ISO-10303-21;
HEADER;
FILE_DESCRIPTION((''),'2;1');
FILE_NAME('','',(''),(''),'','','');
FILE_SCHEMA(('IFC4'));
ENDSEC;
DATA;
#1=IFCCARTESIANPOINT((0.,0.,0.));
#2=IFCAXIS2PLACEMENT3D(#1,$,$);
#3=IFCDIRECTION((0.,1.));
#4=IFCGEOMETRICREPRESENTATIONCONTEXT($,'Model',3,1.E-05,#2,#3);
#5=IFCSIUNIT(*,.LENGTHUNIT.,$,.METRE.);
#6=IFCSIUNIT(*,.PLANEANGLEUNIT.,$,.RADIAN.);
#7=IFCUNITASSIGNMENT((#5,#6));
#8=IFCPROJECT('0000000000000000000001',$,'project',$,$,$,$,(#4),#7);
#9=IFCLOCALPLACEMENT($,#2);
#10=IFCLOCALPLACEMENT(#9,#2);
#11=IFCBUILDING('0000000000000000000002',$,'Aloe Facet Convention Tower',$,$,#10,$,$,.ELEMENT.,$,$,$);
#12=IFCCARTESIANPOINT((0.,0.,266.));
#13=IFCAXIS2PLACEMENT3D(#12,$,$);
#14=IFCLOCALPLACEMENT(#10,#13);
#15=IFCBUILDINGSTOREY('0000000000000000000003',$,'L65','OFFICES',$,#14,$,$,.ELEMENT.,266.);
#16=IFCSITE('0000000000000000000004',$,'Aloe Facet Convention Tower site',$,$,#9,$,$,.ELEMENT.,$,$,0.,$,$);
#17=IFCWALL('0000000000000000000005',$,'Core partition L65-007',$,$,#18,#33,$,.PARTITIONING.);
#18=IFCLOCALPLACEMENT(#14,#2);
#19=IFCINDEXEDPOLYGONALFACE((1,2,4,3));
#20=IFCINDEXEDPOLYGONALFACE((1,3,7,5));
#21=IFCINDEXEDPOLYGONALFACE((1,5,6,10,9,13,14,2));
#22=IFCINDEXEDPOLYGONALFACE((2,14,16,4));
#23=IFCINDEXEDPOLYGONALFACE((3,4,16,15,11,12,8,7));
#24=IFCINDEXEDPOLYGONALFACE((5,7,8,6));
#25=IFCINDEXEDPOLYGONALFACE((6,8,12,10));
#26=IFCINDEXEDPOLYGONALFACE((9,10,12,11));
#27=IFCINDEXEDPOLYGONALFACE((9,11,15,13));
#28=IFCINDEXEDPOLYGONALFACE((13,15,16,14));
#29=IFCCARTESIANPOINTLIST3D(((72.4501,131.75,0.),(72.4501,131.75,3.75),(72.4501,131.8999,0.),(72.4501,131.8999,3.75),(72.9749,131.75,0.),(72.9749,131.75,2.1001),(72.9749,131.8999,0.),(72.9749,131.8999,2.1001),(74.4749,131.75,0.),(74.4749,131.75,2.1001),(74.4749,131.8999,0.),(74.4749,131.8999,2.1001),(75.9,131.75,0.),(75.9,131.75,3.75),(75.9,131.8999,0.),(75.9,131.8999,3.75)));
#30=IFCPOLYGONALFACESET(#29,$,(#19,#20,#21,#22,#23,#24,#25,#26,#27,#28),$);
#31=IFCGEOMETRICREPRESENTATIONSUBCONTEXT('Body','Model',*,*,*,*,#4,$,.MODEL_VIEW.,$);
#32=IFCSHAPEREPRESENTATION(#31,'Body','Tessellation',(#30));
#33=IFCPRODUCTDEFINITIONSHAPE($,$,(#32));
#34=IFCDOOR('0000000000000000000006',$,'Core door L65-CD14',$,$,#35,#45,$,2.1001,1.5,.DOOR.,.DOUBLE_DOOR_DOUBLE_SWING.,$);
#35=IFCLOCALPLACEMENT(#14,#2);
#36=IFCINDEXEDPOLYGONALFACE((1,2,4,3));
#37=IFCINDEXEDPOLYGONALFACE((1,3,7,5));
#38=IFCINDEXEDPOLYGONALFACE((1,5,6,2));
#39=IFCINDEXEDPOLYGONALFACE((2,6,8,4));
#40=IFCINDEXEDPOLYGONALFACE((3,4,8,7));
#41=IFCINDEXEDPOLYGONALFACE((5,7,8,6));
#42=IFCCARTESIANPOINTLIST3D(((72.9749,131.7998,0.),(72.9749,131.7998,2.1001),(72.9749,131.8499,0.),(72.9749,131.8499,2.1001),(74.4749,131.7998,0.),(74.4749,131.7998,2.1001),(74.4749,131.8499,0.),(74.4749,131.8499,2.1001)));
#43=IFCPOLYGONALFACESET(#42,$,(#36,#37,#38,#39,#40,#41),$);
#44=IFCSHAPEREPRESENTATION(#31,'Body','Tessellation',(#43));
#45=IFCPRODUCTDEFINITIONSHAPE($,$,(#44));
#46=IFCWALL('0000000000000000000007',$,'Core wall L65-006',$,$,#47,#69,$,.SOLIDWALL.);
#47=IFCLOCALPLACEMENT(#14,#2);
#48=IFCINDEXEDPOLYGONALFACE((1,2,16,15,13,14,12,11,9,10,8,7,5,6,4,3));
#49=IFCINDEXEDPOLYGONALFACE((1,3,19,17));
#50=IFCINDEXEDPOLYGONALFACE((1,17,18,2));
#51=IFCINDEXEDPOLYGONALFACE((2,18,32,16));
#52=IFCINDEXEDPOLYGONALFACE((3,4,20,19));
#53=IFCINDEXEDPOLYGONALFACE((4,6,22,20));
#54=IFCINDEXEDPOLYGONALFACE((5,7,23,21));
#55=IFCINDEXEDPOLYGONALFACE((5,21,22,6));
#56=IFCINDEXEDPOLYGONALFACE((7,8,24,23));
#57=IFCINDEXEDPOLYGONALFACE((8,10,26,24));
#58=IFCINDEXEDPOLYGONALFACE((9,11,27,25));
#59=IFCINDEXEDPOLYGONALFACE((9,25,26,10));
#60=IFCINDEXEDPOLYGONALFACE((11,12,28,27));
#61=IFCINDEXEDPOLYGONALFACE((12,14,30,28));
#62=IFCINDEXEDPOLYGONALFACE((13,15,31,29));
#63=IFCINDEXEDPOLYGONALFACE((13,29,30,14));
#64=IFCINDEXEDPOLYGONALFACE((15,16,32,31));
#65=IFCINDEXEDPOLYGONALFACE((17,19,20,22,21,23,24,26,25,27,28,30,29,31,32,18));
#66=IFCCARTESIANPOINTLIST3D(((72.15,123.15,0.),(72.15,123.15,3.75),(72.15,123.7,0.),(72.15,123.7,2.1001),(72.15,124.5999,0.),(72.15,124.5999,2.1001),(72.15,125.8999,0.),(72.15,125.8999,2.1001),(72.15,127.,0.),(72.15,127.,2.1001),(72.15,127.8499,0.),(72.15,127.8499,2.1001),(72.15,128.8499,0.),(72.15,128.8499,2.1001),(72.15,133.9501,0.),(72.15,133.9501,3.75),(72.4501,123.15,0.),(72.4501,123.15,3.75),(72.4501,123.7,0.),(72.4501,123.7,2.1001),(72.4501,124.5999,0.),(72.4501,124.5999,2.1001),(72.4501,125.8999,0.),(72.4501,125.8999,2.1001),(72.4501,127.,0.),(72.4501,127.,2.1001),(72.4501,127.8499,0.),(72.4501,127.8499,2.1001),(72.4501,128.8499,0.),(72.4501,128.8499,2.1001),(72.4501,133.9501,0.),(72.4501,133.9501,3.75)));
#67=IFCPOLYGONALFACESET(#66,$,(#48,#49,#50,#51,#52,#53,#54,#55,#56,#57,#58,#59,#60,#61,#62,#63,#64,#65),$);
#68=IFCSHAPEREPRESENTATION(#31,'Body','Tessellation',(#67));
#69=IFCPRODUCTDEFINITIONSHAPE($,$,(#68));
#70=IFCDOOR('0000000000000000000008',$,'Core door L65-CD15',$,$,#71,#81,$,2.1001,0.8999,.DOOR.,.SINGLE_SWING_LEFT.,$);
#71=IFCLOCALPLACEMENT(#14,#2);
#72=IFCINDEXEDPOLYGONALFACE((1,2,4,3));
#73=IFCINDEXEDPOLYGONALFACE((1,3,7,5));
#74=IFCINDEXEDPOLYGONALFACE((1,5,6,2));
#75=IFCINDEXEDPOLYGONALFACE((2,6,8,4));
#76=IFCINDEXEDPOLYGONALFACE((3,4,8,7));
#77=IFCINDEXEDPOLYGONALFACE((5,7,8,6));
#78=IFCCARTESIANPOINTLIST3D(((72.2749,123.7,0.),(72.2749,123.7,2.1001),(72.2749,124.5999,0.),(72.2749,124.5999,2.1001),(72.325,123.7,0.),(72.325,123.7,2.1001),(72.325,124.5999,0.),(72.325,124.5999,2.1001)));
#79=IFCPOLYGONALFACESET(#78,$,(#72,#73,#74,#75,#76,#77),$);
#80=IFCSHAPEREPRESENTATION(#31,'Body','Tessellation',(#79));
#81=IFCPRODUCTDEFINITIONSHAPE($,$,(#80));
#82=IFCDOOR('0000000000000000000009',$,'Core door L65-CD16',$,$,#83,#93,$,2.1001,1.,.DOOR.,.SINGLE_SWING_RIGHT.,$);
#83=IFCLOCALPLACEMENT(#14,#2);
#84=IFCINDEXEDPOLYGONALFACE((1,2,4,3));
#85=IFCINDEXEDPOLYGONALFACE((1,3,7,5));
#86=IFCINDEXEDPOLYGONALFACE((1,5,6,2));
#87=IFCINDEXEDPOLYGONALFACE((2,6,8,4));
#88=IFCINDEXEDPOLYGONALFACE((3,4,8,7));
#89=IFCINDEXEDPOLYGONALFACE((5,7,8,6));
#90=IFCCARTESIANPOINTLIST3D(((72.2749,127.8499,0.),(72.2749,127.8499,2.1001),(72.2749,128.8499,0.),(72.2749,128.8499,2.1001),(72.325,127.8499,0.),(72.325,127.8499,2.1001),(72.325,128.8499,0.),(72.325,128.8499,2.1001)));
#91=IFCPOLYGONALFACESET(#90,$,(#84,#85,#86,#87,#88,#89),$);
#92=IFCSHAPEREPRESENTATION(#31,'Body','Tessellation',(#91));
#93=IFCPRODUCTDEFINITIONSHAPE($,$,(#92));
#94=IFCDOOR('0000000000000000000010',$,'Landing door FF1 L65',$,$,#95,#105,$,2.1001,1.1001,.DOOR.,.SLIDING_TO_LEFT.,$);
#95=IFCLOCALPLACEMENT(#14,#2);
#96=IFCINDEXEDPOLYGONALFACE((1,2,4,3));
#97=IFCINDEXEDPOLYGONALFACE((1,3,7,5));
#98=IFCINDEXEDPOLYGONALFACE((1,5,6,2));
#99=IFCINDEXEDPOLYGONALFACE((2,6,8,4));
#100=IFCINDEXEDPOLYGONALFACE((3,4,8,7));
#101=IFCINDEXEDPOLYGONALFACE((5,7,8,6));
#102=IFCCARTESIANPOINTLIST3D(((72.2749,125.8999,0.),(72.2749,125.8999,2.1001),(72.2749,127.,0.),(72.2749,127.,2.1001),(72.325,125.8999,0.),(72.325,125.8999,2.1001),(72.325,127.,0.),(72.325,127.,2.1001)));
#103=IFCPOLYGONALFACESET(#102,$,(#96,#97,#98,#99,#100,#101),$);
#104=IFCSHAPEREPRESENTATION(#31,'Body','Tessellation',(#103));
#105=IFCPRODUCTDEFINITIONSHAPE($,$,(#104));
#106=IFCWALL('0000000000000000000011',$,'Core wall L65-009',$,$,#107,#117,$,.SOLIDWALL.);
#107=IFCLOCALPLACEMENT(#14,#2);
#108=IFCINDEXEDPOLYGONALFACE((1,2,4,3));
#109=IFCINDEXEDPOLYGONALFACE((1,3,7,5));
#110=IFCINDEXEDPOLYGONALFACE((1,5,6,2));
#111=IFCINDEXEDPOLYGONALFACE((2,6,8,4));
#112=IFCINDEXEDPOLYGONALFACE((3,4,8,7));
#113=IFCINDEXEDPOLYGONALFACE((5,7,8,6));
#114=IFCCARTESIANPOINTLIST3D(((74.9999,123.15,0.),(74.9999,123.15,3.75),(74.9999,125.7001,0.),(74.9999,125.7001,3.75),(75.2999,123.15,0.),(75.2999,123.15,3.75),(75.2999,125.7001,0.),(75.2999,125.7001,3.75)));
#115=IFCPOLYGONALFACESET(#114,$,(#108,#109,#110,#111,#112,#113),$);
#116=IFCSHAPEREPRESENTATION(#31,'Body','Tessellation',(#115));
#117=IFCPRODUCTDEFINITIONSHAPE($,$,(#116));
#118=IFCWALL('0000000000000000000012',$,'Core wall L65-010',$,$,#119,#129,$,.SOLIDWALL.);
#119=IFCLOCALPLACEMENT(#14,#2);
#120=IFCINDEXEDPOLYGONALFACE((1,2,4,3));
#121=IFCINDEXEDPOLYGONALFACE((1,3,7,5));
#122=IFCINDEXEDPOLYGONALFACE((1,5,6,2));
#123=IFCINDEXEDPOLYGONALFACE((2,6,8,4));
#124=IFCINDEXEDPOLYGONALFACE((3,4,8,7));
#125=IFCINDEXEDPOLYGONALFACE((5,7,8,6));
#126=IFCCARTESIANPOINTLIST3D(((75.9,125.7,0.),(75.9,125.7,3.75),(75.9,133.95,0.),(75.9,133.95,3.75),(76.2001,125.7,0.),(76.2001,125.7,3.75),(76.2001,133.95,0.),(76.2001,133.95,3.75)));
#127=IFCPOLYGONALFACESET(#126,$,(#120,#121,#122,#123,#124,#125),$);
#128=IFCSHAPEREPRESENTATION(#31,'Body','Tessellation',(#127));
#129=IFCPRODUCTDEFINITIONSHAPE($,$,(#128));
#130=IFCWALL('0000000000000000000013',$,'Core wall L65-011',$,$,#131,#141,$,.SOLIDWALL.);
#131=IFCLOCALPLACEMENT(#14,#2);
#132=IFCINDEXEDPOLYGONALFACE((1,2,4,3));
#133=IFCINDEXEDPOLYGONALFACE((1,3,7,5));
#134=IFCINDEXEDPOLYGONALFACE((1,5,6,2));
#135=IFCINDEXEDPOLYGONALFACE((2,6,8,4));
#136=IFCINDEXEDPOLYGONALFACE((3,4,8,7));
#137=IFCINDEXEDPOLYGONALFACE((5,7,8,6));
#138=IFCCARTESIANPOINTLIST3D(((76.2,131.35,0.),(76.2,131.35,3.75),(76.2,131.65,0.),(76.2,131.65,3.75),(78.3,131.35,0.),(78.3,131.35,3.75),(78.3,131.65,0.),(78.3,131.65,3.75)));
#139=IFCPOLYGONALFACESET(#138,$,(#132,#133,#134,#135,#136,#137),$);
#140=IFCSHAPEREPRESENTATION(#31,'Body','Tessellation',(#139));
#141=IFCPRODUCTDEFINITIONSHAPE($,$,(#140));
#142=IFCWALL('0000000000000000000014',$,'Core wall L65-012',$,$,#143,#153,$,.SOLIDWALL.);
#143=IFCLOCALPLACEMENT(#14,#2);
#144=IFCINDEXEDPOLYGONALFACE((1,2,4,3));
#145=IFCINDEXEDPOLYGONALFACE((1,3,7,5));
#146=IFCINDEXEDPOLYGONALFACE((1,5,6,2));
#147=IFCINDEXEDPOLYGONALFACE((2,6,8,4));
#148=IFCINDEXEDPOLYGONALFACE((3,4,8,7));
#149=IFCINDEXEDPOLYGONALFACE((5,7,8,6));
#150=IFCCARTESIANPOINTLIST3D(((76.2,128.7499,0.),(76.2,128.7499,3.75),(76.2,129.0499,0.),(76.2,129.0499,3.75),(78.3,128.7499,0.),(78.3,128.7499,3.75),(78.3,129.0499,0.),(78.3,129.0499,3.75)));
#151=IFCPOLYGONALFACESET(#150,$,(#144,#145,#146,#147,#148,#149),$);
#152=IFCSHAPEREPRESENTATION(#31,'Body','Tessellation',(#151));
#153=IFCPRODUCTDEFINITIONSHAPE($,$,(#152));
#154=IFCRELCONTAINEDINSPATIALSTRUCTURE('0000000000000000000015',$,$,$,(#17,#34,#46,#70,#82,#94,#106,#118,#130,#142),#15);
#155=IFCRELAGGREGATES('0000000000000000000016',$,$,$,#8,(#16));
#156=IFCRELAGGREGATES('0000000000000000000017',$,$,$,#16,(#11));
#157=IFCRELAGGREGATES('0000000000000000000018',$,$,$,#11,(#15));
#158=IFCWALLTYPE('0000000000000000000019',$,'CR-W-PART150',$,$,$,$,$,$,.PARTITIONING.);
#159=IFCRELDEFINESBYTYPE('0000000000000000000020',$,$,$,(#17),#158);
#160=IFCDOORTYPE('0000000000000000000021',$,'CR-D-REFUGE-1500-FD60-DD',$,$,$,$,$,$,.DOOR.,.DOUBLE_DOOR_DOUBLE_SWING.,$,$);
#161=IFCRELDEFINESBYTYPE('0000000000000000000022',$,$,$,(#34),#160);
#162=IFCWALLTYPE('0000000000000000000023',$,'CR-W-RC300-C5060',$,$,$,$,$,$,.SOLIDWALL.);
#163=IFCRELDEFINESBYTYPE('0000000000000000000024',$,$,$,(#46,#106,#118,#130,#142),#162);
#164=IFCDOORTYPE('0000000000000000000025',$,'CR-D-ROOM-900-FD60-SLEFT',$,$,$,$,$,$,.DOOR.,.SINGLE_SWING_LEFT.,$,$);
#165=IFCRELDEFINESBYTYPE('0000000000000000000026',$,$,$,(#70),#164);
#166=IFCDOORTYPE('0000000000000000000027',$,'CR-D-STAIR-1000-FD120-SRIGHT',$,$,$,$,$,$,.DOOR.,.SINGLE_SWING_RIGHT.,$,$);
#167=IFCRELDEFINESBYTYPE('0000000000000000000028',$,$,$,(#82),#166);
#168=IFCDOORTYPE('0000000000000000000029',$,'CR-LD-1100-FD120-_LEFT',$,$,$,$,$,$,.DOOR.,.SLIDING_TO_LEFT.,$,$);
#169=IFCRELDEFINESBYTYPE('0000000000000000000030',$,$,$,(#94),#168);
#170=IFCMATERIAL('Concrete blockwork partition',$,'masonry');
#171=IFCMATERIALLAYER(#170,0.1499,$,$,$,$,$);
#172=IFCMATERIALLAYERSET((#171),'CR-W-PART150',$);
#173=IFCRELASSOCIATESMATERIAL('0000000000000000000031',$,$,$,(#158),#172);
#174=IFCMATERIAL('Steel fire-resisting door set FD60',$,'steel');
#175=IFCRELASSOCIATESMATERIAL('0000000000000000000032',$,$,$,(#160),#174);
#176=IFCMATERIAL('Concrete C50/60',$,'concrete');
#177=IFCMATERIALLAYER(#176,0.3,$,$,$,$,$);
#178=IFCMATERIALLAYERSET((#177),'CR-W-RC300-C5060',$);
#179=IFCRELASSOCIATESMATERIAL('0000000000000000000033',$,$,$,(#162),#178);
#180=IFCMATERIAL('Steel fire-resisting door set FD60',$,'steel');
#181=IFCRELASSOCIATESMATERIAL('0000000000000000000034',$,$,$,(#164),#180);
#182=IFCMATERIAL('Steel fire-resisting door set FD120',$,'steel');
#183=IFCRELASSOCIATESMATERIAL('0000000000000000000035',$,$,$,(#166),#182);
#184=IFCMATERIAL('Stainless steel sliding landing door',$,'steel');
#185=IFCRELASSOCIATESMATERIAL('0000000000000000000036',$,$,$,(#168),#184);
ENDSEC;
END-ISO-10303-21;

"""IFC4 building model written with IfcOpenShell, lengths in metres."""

from ifc_helpers import new_model, si_unit, direction, frame, frame_2d, origin, place, context, subcontext, project, spatial, rectangle, extrude, material, layer, layer_set, type_object, element, fill, save


model = new_model("IFC4")

# Units and contexts
model_context = context("Model", 3, precision=1e-05, world=origin(), true_north=direction((0.0, 1.0)))
body_context = subcontext(model_context, "Body", "Model", "MODEL_VIEW")
ifc_project = project(units=[si_unit("LENGTHUNIT", "METRE"), si_unit("PLANEANGLEUNIT", "RADIAN")], contexts=[model_context])

# Site, building, storey
site_placement = place(None, origin())
site = spatial("IfcSite", under=ifc_project, at=site_placement, Name="Aloe Facet Convention Tower site", CompositionType="ELEMENT", RefElevation=0.0)
building_placement = place(site_placement, origin())
building = spatial("IfcBuilding", under=site, at=building_placement, Name="Aloe Facet Convention Tower", CompositionType="ELEMENT")
storey_placement = place(building_placement, frame((0.0, 0.0, 266.0)))
storey = spatial("IfcBuildingStorey", under=building, at=storey_placement, Name="L65", Description="OFFICES", CompositionType="ELEMENT", Elevation=266.0)

# Wall, opening, door
ifc_material_1 = material(Name="Concrete blockwork partition", Category="masonry")
ifc_layer_1 = layer(ifc_material_1, 0.1499)
ifc_layer_set_1 = layer_set([ifc_layer_1], Name="CR-W-PART150")
wall_type_1 = type_object("IfcWallType", Name="CR-W-PART150", PredefinedType="PARTITIONING", material=ifc_layer_set_1)
wall_1_placement = place(storey_placement, frame((72.45, 131.825, 0.0), z_axis=(0.0, 0.0, 1.0), x_axis=(1.0, 0.0, 0.0)))
wall_1 = element("IfcWall", 1, at=wall_1_placement, inside=storey, type_object=wall_type_1, Name="Core partition L65-007", PredefinedType="PARTITIONING", context=body_context, shape_type="SweptSolid", body=[
    extrude(rectangle(XDim=3.45, YDim=0.1499, at=frame_2d((1.7251, 0.0))), origin(), (0.0, 0.0, 1.0), 3.75),
])
opening_1_placement = place(wall_1_placement, frame((0.5249, 0.0, 0.0)))
opening_1 = element("IfcOpeningElement", 2, at=opening_1_placement, cuts=wall_1, PredefinedType="OPENING", context=body_context, shape_type="SweptSolid", body=[
    extrude(rectangle(XDim=1.5, YDim=2.1001, at=frame_2d((0.75, 1.05))), frame((0.0, 0.085, 0.0), z_axis=(0.0, -1.0, 0.0), x_axis=(1.0, 0.0, 0.0)), (0.0, 0.0, 1.0), 0.1699),
])
ifc_material_2 = material(Name="Steel fire-resisting door set FD60", Category="steel")
door_type_1 = type_object("IfcDoorType", Name="CR-D-REFUGE-1500-FD60-DD", OperationType="DOUBLE_DOOR_DOUBLE_SWING", PredefinedType="DOOR", material=ifc_material_2)
door_1_placement = place(opening_1_placement, origin())
door_1 = element("IfcDoor", 3, at=door_1_placement, inside=storey, type_object=door_type_1, Name="Core door L65-CD14", OperationType="DOUBLE_DOOR_DOUBLE_SWING", OverallHeight=2.1001, OverallWidth=1.5, PredefinedType="DOOR", context=body_context, shape_type="SweptSolid", body=[
    extrude(rectangle(XDim=1.5, YDim=2.1001, at=frame_2d((0.75, 1.05))), frame((0.0, 0.0249, 0.0), z_axis=(0.0, -1.0, 0.0), x_axis=(1.0, 0.0, 0.0)), (0.0, 0.0, 1.0), 0.05),
])
fill(opening_1, door_1)

# Wall, openings, doors
ifc_material_3 = material(Name="Concrete C50/60", Category="concrete")
ifc_layer_2 = layer(ifc_material_3, 0.3)
ifc_layer_set_2 = layer_set([ifc_layer_2], Name="CR-W-RC300-C5060")
wall_type_2 = type_object("IfcWallType", Name="CR-W-RC300-C5060", PredefinedType="SOLIDWALL", material=ifc_layer_set_2)
wall_2_placement = place(storey_placement, frame((72.3, 133.95, 0.0), z_axis=(0.0, 0.0, 1.0), x_axis=(0.0, -1.0, 0.0)))
wall_2 = element("IfcWall", 4, at=wall_2_placement, inside=storey, type_object=wall_type_2, Name="Core wall L65-006", PredefinedType="SOLIDWALL", context=body_context, shape_type="SweptSolid", body=[
    extrude(rectangle(XDim=10.8, YDim=0.3, at=frame_2d((5.3999, 0.0))), origin(), (0.0, 0.0, 1.0), 3.75),
])
opening_2_placement = place(wall_2_placement, frame((6.95, 0.0, 0.0)))
opening_2 = element("IfcOpeningElement", 5, at=opening_2_placement, cuts=wall_2, PredefinedType="OPENING", context=body_context, shape_type="SweptSolid", body=[
    extrude(rectangle(XDim=1.1001, YDim=2.1001, at=frame_2d((0.55, 1.05))), frame((0.0, 0.1602, 0.0), z_axis=(0.0, -1.0, 0.0), x_axis=(1.0, 0.0, 0.0)), (0.0, 0.0, 1.0), 0.3201),
])
opening_3_placement = place(wall_2_placement, frame((9.3501, 0.0, 0.0)))
opening_3 = element("IfcOpeningElement", 6, at=opening_3_placement, cuts=wall_2, PredefinedType="OPENING", context=body_context, shape_type="SweptSolid", body=[
    extrude(rectangle(XDim=0.8999, YDim=2.1001, at=frame_2d((0.45, 1.05))), frame((0.0, 0.1602, 0.0), z_axis=(0.0, -1.0, 0.0), x_axis=(1.0, 0.0, 0.0)), (0.0, 0.0, 1.0), 0.3201),
])
opening_4_placement = place(wall_2_placement, frame((5.1001, 0.0, 0.0)))
opening_4 = element("IfcOpeningElement", 7, at=opening_4_placement, cuts=wall_2, PredefinedType="OPENING", context=body_context, shape_type="SweptSolid", body=[
    extrude(rectangle(XDim=1.0, YDim=2.1001, at=frame_2d((0.5, 1.05))), frame((0.0, 0.1602, 0.0), z_axis=(0.0, -1.0, 0.0), x_axis=(1.0, 0.0, 0.0)), (0.0, 0.0, 1.0), 0.3201),
])
ifc_material_4 = material(Name="Steel fire-resisting door set FD60", Category="steel")
door_type_2 = type_object("IfcDoorType", Name="CR-D-ROOM-900-FD60-SLEFT", OperationType="SINGLE_SWING_LEFT", PredefinedType="DOOR", material=ifc_material_4)
door_2_placement = place(opening_3_placement, origin())
door_2 = element("IfcDoor", 8, at=door_2_placement, inside=storey, type_object=door_type_2, Name="Core door L65-CD15", OperationType="SINGLE_SWING_LEFT", OverallHeight=2.1001, OverallWidth=0.8999, PredefinedType="DOOR", context=body_context, shape_type="SweptSolid", body=[
    extrude(rectangle(XDim=0.8999, YDim=2.1001, at=frame_2d((0.45, 1.05))), frame((0.0, 0.0249, 0.0), z_axis=(0.0, -1.0, 0.0), x_axis=(1.0, 0.0, 0.0)), (0.0, 0.0, 1.0), 0.05),
])
fill(opening_3, door_2)
ifc_material_5 = material(Name="Steel fire-resisting door set FD120", Category="steel")
door_type_3 = type_object("IfcDoorType", Name="CR-D-STAIR-1000-FD120-SRIGHT", OperationType="SINGLE_SWING_RIGHT", PredefinedType="DOOR", material=ifc_material_5)
door_3_placement = place(opening_4_placement, origin())
door_3 = element("IfcDoor", 9, at=door_3_placement, inside=storey, type_object=door_type_3, Name="Core door L65-CD16", OperationType="SINGLE_SWING_RIGHT", OverallHeight=2.1001, OverallWidth=1.0, PredefinedType="DOOR", context=body_context, shape_type="SweptSolid", body=[
    extrude(rectangle(XDim=1.0, YDim=2.1001, at=frame_2d((0.5, 1.05))), frame((0.0, 0.0249, 0.0), z_axis=(0.0, -1.0, 0.0), x_axis=(1.0, 0.0, 0.0)), (0.0, 0.0, 1.0), 0.05),
])
fill(opening_4, door_3)
ifc_material_6 = material(Name="Stainless steel sliding landing door", Category="steel")
door_type_4 = type_object("IfcDoorType", Name="CR-LD-1100-FD120-_LEFT", OperationType="SLIDING_TO_LEFT", PredefinedType="DOOR", material=ifc_material_6)
door_4_placement = place(opening_2_placement, origin())
door_4 = element("IfcDoor", 10, at=door_4_placement, inside=storey, type_object=door_type_4, Name="Landing door FF1 L65", OperationType="SLIDING_TO_LEFT", OverallHeight=2.1001, OverallWidth=1.1001, PredefinedType="DOOR", context=body_context, shape_type="SweptSolid", body=[
    extrude(rectangle(XDim=1.1001, YDim=2.1001, at=frame_2d((0.55, 1.05))), frame((0.0, 0.0249, 0.0), z_axis=(0.0, -1.0, 0.0), x_axis=(1.0, 0.0, 0.0)), (0.0, 0.0, 1.0), 0.05),
])
fill(opening_2, door_4)

# Walls
wall_3_placement = place(storey_placement, frame((75.1499, 125.7, 0.0), z_axis=(0.0, 0.0, 1.0), x_axis=(0.0, -1.0, 0.0)))
element("IfcWall", 11, at=wall_3_placement, inside=storey, type_object=wall_type_2, Name="Core wall L65-009", PredefinedType="SOLIDWALL", context=body_context, shape_type="SweptSolid", body=[
    extrude(rectangle(XDim=2.55, YDim=0.3, at=frame_2d((1.2749, 0.0))), origin(), (0.0, 0.0, 1.0), 3.75),
])
wall_4_placement = place(storey_placement, frame((76.05, 133.95, 0.0), z_axis=(0.0, 0.0, 1.0), x_axis=(0.0, -1.0, 0.0)))
element("IfcWall", 12, at=wall_4_placement, inside=storey, type_object=wall_type_2, Name="Core wall L65-010", PredefinedType="SOLIDWALL", context=body_context, shape_type="SweptSolid", body=[
    extrude(rectangle(XDim=8.25, YDim=0.3, at=frame_2d((4.125, 0.0))), origin(), (0.0, 0.0, 1.0), 3.75),
])
for number, where, z_axis, x_axis, name in (
    (13, (76.2, 131.5, 0.0), (0.0, 0.0, 1.0), (1.0, 0.0, 0.0), "Core wall L65-011"),
    (14, (76.2, 128.8999, 0.0), (0.0, 0.0, 1.0), (1.0, 0.0, 0.0), "Core wall L65-012"),
):
    element("IfcWall", number, at=place(storey_placement, frame(where, z_axis=z_axis, x_axis=x_axis)), inside=storey, type_object=wall_type_2, Name=name, PredefinedType="SOLIDWALL", context=body_context, shape_type="SweptSolid", body=[
        extrude(rectangle(XDim=2.1001, YDim=0.3, at=frame_2d((1.05, 0.0))), origin(), (0.0, 0.0, 1.0), 3.75),
    ])

save(model, "model.ifc")
